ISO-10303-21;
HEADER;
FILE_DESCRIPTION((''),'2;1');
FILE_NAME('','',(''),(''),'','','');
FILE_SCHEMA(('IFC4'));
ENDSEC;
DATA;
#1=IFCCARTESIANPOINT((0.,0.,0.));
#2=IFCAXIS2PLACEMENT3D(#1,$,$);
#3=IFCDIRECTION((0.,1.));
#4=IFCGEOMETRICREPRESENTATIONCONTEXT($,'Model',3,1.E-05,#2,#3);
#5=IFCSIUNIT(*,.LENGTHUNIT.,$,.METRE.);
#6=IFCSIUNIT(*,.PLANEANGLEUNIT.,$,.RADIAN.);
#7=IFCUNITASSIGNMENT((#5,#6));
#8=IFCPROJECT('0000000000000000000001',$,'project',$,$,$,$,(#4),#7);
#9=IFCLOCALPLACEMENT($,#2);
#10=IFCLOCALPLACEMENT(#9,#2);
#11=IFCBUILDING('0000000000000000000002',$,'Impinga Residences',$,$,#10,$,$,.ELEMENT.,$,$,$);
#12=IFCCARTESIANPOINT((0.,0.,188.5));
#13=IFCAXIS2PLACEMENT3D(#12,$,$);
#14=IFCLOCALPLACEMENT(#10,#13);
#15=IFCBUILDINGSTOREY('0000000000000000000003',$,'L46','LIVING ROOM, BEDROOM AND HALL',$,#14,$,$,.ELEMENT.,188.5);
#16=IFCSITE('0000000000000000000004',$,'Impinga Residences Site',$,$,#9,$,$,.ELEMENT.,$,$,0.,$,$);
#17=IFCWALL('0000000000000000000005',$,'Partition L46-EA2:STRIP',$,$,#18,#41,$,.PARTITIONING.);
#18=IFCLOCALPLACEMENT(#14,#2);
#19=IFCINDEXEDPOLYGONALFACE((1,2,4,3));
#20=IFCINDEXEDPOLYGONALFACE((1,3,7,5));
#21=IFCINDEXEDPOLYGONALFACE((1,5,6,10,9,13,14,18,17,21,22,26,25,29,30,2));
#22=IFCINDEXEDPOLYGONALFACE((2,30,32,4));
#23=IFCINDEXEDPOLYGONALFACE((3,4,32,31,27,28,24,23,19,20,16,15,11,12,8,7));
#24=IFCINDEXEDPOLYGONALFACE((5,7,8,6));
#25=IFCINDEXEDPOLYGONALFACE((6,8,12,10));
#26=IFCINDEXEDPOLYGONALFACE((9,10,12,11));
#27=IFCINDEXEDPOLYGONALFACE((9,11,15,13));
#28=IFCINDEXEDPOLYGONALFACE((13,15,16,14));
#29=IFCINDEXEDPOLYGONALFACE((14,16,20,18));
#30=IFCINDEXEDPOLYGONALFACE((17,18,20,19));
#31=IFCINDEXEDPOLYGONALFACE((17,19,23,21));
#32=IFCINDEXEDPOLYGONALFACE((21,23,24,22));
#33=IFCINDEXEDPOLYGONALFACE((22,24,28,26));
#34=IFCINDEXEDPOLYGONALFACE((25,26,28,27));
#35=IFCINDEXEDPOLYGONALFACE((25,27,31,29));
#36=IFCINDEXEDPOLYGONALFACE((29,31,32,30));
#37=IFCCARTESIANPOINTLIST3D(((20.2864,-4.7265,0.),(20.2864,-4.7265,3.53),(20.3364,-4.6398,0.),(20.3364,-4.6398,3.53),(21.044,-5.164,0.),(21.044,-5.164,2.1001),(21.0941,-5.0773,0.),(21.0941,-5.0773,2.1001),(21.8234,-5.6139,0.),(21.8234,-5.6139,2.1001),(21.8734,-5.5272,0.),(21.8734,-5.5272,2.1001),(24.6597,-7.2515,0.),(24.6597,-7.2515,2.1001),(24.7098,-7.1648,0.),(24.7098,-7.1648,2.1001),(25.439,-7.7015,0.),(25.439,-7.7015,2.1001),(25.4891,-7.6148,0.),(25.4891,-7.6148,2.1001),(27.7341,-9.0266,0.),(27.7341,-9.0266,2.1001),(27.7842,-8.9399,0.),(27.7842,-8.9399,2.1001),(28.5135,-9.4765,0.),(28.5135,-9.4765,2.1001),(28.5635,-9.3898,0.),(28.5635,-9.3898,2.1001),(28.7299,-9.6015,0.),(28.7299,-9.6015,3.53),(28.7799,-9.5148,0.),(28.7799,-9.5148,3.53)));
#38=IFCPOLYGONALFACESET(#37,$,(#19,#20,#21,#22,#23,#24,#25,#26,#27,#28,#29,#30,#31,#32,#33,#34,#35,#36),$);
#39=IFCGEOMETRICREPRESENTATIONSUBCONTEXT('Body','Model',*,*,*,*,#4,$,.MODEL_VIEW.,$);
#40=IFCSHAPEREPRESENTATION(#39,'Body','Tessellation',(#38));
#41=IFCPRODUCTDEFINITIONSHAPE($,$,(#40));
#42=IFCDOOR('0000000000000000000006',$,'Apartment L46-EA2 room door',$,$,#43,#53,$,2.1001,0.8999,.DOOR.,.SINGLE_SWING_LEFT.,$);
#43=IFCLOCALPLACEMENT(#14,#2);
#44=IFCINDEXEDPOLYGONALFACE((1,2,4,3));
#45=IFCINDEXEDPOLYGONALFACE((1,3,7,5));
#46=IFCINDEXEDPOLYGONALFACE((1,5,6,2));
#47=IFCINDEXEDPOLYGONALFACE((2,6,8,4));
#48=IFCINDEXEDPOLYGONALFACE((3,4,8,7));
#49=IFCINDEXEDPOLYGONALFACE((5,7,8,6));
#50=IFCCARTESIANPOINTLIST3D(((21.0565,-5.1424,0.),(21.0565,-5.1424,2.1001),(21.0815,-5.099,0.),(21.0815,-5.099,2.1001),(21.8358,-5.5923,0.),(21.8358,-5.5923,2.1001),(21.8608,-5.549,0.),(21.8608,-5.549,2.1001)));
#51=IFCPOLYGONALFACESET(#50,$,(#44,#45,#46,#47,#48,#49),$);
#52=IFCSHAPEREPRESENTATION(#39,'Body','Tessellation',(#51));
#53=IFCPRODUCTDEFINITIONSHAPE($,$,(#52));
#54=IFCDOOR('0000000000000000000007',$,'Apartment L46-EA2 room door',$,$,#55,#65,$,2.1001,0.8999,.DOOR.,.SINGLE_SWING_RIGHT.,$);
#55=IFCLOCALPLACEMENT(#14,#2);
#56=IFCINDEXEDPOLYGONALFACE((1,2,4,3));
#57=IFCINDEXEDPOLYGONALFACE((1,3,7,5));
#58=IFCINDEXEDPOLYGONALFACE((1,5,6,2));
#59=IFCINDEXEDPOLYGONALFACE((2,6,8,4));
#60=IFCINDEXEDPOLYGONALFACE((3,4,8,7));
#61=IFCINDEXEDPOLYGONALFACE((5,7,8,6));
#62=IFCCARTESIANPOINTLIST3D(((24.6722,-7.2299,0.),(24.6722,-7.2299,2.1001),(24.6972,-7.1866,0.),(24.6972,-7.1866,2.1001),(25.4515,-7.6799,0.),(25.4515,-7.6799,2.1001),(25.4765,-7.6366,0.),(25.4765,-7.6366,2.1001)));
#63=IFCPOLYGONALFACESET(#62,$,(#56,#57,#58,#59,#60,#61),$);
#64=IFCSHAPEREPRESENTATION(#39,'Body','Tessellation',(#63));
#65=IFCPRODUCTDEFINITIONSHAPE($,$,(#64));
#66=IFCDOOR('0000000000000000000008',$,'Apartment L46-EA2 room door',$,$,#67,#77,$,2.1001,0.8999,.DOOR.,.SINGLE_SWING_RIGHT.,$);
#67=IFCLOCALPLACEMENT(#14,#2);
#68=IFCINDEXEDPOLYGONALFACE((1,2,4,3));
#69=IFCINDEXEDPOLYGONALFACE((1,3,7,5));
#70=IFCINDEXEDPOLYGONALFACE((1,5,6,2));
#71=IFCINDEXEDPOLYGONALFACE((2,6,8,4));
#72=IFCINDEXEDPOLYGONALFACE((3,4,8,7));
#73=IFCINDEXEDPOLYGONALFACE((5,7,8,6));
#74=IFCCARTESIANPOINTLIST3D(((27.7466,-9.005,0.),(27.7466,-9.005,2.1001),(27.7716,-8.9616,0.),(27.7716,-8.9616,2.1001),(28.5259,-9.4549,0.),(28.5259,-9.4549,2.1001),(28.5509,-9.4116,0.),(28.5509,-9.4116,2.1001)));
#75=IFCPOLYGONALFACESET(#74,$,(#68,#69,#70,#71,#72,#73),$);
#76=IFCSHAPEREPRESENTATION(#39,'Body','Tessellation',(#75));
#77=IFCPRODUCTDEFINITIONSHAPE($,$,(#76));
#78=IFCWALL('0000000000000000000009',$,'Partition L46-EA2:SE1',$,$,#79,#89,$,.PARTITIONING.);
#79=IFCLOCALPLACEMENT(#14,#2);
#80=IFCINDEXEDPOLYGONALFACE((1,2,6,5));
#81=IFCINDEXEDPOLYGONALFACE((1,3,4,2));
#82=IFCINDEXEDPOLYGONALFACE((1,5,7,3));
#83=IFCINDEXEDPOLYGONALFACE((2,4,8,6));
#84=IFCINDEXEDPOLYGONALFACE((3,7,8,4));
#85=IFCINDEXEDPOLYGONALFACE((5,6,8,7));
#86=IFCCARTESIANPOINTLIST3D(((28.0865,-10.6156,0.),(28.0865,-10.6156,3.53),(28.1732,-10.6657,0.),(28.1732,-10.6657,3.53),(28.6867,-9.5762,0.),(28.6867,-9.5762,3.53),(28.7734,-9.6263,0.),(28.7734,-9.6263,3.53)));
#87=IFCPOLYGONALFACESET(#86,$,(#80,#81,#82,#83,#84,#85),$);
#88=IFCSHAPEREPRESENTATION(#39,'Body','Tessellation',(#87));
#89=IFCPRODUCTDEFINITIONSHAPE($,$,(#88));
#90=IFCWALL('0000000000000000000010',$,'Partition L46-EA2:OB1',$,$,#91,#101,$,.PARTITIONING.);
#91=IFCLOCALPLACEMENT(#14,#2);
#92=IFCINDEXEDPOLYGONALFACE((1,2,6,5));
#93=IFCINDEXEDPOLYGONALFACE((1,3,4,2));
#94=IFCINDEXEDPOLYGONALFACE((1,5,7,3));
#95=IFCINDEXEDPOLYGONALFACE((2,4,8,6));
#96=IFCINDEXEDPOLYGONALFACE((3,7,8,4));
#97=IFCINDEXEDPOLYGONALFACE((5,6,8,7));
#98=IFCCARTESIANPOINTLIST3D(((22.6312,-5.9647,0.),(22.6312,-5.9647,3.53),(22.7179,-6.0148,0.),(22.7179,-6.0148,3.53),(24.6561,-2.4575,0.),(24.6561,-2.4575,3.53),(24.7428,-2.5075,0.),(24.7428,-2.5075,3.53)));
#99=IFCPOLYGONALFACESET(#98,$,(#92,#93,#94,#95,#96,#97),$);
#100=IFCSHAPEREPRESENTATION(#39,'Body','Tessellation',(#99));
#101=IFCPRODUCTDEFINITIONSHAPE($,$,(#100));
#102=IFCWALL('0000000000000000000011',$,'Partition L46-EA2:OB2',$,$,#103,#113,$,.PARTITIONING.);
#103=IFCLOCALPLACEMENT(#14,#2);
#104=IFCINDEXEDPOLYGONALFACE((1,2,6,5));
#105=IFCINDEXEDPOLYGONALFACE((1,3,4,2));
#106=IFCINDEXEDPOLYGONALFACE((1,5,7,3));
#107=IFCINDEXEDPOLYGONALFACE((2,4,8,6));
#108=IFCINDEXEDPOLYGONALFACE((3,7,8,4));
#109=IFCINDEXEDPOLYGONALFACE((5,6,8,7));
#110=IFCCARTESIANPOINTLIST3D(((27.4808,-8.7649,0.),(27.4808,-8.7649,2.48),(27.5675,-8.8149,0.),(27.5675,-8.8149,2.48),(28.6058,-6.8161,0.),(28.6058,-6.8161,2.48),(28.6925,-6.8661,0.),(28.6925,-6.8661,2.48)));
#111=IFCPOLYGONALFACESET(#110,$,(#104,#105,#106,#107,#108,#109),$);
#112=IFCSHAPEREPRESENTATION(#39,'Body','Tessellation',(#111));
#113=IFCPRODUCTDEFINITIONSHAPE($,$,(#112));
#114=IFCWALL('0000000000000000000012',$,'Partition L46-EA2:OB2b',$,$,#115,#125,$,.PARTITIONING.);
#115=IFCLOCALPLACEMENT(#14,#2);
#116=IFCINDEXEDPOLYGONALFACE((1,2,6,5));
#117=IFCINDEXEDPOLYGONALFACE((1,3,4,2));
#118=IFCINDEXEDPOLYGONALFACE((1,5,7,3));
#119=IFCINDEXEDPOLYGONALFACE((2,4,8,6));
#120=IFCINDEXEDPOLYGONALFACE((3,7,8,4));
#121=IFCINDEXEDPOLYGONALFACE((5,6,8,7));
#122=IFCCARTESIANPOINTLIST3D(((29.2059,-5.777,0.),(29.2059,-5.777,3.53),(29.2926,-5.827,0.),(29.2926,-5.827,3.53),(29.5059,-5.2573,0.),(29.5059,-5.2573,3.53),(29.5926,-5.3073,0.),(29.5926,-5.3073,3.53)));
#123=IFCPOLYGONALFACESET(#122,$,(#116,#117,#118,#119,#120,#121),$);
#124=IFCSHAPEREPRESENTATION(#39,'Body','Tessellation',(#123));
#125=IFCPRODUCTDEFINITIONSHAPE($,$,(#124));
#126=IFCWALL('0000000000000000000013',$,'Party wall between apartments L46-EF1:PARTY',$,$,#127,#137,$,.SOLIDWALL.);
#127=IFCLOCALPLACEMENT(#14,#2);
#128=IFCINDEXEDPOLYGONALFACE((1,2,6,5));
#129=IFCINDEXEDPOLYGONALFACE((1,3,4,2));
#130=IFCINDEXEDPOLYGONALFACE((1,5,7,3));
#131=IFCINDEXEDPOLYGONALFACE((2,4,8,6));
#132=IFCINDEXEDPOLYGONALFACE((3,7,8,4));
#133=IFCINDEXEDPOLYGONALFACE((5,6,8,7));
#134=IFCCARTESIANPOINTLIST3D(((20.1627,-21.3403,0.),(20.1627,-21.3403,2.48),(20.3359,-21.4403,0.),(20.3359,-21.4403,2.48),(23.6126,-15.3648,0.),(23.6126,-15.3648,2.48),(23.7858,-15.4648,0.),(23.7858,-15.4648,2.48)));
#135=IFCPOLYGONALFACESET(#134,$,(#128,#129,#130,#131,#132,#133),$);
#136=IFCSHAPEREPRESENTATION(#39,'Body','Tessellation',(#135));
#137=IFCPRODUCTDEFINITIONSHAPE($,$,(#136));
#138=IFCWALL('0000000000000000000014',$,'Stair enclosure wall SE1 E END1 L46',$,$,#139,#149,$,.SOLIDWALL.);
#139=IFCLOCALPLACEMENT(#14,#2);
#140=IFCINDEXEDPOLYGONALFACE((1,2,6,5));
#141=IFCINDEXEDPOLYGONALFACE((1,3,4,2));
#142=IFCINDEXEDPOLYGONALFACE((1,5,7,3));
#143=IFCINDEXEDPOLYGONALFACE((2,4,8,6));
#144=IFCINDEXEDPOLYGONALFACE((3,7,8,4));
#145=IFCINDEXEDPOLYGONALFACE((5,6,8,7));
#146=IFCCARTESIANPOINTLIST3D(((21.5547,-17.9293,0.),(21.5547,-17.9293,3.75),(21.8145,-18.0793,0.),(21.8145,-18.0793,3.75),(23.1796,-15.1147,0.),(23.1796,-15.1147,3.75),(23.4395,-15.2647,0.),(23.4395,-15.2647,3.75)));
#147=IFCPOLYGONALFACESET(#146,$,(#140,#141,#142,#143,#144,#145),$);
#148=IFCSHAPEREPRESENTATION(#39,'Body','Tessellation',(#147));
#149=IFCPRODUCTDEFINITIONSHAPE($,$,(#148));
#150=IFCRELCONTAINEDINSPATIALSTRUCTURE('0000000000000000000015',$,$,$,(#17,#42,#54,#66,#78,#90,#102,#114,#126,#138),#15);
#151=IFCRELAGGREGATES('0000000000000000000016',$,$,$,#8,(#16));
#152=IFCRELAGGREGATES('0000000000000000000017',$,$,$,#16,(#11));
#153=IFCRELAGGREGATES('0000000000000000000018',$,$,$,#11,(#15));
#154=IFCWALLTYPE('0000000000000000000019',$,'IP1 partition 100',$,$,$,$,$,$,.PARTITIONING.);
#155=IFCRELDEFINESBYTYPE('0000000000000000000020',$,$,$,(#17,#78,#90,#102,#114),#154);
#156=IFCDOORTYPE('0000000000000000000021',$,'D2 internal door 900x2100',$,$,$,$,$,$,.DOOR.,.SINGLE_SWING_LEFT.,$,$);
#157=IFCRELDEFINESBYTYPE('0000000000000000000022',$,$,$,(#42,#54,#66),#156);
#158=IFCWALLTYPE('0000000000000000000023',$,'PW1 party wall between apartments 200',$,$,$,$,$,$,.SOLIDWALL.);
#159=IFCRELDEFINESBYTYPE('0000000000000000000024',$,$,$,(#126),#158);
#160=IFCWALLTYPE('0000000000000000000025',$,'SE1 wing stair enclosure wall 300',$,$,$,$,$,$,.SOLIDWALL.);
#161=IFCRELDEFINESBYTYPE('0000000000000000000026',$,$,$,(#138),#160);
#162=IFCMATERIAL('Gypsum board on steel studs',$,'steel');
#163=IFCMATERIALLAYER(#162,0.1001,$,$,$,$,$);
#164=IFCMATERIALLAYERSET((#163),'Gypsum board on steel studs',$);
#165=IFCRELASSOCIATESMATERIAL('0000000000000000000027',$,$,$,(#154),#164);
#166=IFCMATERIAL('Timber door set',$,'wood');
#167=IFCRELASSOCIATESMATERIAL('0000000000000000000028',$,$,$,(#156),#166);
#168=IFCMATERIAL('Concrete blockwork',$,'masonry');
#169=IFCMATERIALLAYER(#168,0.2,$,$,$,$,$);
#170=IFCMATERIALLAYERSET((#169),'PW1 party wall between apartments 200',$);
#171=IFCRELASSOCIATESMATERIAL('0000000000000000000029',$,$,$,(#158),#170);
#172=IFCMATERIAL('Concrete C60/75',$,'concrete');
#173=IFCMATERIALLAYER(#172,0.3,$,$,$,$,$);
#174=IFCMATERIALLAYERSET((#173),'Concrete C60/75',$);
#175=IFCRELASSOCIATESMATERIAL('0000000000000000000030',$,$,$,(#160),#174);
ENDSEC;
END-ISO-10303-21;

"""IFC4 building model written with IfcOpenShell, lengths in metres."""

from ifc_helpers import new_model, si_unit, direction, frame, frame_2d, origin, place, context, subcontext, project, spatial, rectangle, extrude, material, layer, layer_set, type_object, element, fill, save


model = new_model("IFC4")

# Units and contexts
model_context = context("Model", 3, precision=1e-05, world=origin(), true_north=direction((0.0, 1.0)))
body_context = subcontext(model_context, "Body", "Model", "MODEL_VIEW")
ifc_project = project(units=[si_unit("LENGTHUNIT", "METRE"), si_unit("PLANEANGLEUNIT", "RADIAN")], contexts=[model_context])

# Site, building, storey
site_placement = place(None, origin())
site = spatial("IfcSite", under=ifc_project, at=site_placement, Name="Impinga Residences Site", CompositionType="ELEMENT", RefElevation=0.0)
building_placement = place(site_placement, origin())
building = spatial("IfcBuilding", under=site, at=building_placement, Name="Impinga Residences", CompositionType="ELEMENT")
storey_placement = place(building_placement, frame((0.0, 0.0, 188.5)))
storey = spatial("IfcBuildingStorey", under=building, at=storey_placement, Name="L46", Description="LIVING ROOM, BEDROOM AND HALL", CompositionType="ELEMENT", Elevation=188.5)

# Shared definitions
ifc_material_1 = material(Name="Concrete C60/75", Category="concrete")

# Shared definitions
ifc_material_2 = material(Name="Gypsum board on steel studs", Category="steel")
ifc_layer_1 = layer(ifc_material_2, 0.1001)
ifc_layer_set_1 = layer_set([ifc_layer_1], Name="Gypsum board on steel studs")
wall_type_1 = type_object("IfcWallType", Name="IP1 partition 100", PredefinedType="PARTITIONING", material=ifc_layer_set_1)

# Wall, openings, doors
wall_1_placement = place(storey_placement, frame((20.3113, -4.6831, 0.0), z_axis=(0.0, 0.0, 1.0), x_axis=(0.866022, -0.500006, 0.0)))
wall_1 = element("IfcWall", 1, at=wall_1_placement, inside=storey, type_object=wall_type_1, Name="Partition L46-EA2:STRIP", PredefinedType="PARTITIONING", context=body_context, shape_type="SweptSolid", body=[
    extrude(rectangle(XDim=9.7498, YDim=0.1001, at=frame_2d((4.875, 0.0))), origin(), (0.0, 0.0, 1.0), 3.53),
])
opening_1_placement = place(wall_1_placement, frame((0.875, 0.0, 0.0)))
opening_1 = element("IfcOpeningElement", 2, at=opening_1_placement, cuts=wall_1, PredefinedType="OPENING", context=body_context, shape_type="SweptSolid", body=[
    extrude(rectangle(XDim=0.8999, YDim=2.1001, at=frame_2d((0.45, 1.05))), frame((0.0, 0.0601, 0.0), z_axis=(0.0, -1.0, 0.0), x_axis=(1.0, 0.0, 0.0)), (0.0, 0.0, 1.0), 0.1201),
])
opening_2_placement = place(wall_1_placement, frame((5.05, 0.0, 0.0)))
opening_2 = element("IfcOpeningElement", 3, at=opening_2_placement, cuts=wall_1, PredefinedType="OPENING", context=body_context, shape_type="SweptSolid", body=[
    extrude(rectangle(XDim=0.8999, YDim=2.1001, at=frame_2d((0.45, 1.05))), frame((0.0, 0.0601, 0.0), z_axis=(0.0, -1.0, 0.0), x_axis=(1.0, 0.0, 0.0)), (0.0, 0.0, 1.0), 0.1201),
])
opening_3_placement = place(wall_1_placement, frame((8.6001, 0.0, 0.0)))
opening_3 = element("IfcOpeningElement", 4, at=opening_3_placement, cuts=wall_1, PredefinedType="OPENING", context=body_context, shape_type="SweptSolid", body=[
    extrude(rectangle(XDim=0.8999, YDim=2.1001, at=frame_2d((0.45, 1.05))), frame((0.0, 0.0601, 0.0), z_axis=(0.0, -1.0, 0.0), x_axis=(1.0, 0.0, 0.0)), (0.0, 0.0, 1.0), 0.1201),
])
ifc_material_3 = material(Name="Timber door set", Category="wood")
door_type = type_object("IfcDoorType", Name="D2 internal door 900x2100", OperationType="SINGLE_SWING_LEFT", PredefinedType="DOOR", material=ifc_material_3)
door_1_placement = place(opening_1_placement, origin())
door_1 = element("IfcDoor", 5, at=door_1_placement, inside=storey, type_object=door_type, Name="Apartment L46-EA2 room door", OperationType="SINGLE_SWING_LEFT", OverallHeight=2.1001, OverallWidth=0.8999, PredefinedType="DOOR", context=body_context, shape_type="SweptSolid", body=[
    extrude(rectangle(XDim=0.8999, YDim=2.1001, at=frame_2d((0.45, 1.05))), frame((0.0, 0.0249, 0.0), z_axis=(0.0, -1.0, 0.0), x_axis=(1.0, 0.0, 0.0)), (0.0, 0.0, 1.0), 0.05),
])
fill(opening_1, door_1)
door_2_placement = place(opening_2_placement, origin())
door_2 = element("IfcDoor", 6, at=door_2_placement, inside=storey, type_object=door_type, Name="Apartment L46-EA2 room door", OperationType="SINGLE_SWING_RIGHT", OverallHeight=2.1001, OverallWidth=0.8999, PredefinedType="DOOR", context=body_context, shape_type="SweptSolid", body=[
    extrude(rectangle(XDim=0.8999, YDim=2.1001, at=frame_2d((0.45, 1.05))), frame((0.0, 0.0249, 0.0), z_axis=(0.0, -1.0, 0.0), x_axis=(1.0, 0.0, 0.0)), (0.0, 0.0, 1.0), 0.05),
])
fill(opening_2, door_2)
door_3_placement = place(opening_3_placement, origin())
door_3 = element("IfcDoor", 7, at=door_3_placement, inside=storey, type_object=door_type, Name="Apartment L46-EA2 room door", OperationType="SINGLE_SWING_RIGHT", OverallHeight=2.1001, OverallWidth=0.8999, PredefinedType="DOOR", context=body_context, shape_type="SweptSolid", body=[
    extrude(rectangle(XDim=0.8999, YDim=2.1001, at=frame_2d((0.45, 1.05))), frame((0.0, 0.0249, 0.0), z_axis=(0.0, -1.0, 0.0), x_axis=(1.0, 0.0, 0.0)), (0.0, 0.0, 1.0), 0.05),
])
fill(opening_3, door_3)

# Walls
wall_2_placement = place(storey_placement, frame((28.1299, -10.6406, 0.0), z_axis=(0.0, 0.0, 1.0), x_axis=(0.500034, 0.866006, 0.0)))
element("IfcWall", 8, at=wall_2_placement, inside=storey, type_object=wall_type_1, Name="Partition L46-EA2:SE1", PredefinedType="PARTITIONING", context=body_context, shape_type="SweptSolid", body=[
    extrude(rectangle(XDim=1.2002, YDim=0.1001, at=frame_2d((0.6001, 0.0))), origin(), (0.0, 0.0, 1.0), 3.53),
])
wall_3_placement = place(storey_placement, frame((22.6746, -5.9897, 0.0), z_axis=(0.0, 0.0, 1.0), x_axis=(0.49999, 0.866031, 0.0)))
element("IfcWall", 9, at=wall_3_placement, inside=storey, type_object=wall_type_1, Name="Partition L46-EA2:OB1", PredefinedType="PARTITIONING", context=body_context, shape_type="SweptSolid", body=[
    extrude(rectangle(XDim=4.0498, YDim=0.1001, at=frame_2d((2.0249, 0.0))), origin(), (0.0, 0.0, 1.0), 3.53),
])
wall_4_placement = place(storey_placement, frame((27.5242, -8.7898, 0.0), z_axis=(0.0, 0.0, 1.0), x_axis=(0.499967, 0.866045, 0.0)))
element("IfcWall", 10, at=wall_4_placement, inside=storey, type_object=wall_type_1, Name="Partition L46-EA2:OB2", PredefinedType="PARTITIONING", context=body_context, shape_type="SweptSolid", body=[
    extrude(rectangle(XDim=2.2502, YDim=0.1001, at=frame_2d((1.125, 0.0))), origin(), (0.0, 0.0, 1.0), 2.48),
])
wall_5_placement = place(storey_placement, frame((29.2493, -5.802, 0.0), z_axis=(0.0, 0.0, 1.0), x_axis=(0.499945, 0.866057, 0.0)))
element("IfcWall", 11, at=wall_5_placement, inside=storey, type_object=wall_type_1, Name="Partition L46-EA2:OB2b", PredefinedType="PARTITIONING", context=body_context, shape_type="SweptSolid", body=[
    extrude(rectangle(XDim=0.6001, YDim=0.1001, at=frame_2d((0.3, 0.0))), origin(), (0.0, 0.0, 1.0), 3.53),
])
ifc_material_4 = material(Name="Concrete blockwork", Category="masonry")
ifc_layer_2 = layer(ifc_material_4, 0.2)
ifc_layer_set_2 = layer_set([ifc_layer_2], Name="PW1 party wall between apartments 200")
wall_type_2 = type_object("IfcWallType", Name="PW1 party wall between apartments 200", PredefinedType="SOLIDWALL", material=ifc_layer_set_2)
wall_6_placement = place(storey_placement, frame((23.6992, -15.4148, 0.0), z_axis=(0.0, 0.0, 1.0), x_axis=(-0.499994, -0.866029, 0.0)))
element("IfcWall", 12, at=wall_6_placement, inside=storey, type_object=wall_type_2, Name="Party wall between apartments L46-EF1:PARTY", PredefinedType="SOLIDWALL", context=body_context, shape_type="SweptSolid", body=[
    extrude(rectangle(XDim=6.8999, YDim=0.2, at=frame_2d((3.45, 0.0))), origin(), (0.0, 0.0, 1.0), 2.48),
])
ifc_layer_3 = layer(ifc_material_1, 0.3)
ifc_layer_set_3 = layer_set([ifc_layer_3], Name="Concrete C60/75")
wall_type_3 = type_object("IfcWallType", Name="SE1 wing stair enclosure wall 300", PredefinedType="SOLIDWALL", material=ifc_layer_set_3)
wall_7_placement = place(storey_placement, frame((23.3096, -15.1897, 0.0), z_axis=(0.0, 0.0, 1.0), x_axis=(-0.499985, -0.866034, 0.0)))
element("IfcWall", 13, at=wall_7_placement, inside=storey, type_object=wall_type_3, Name="Stair enclosure wall SE1 E END1 L46", PredefinedType="SOLIDWALL", context=body_context, shape_type="SweptSolid", body=[
    extrude(rectangle(XDim=3.25, YDim=0.3, at=frame_2d((1.625, 0.0))), origin(), (0.0, 0.0, 1.0), 3.75),
])

save(model, "model.ifc")
